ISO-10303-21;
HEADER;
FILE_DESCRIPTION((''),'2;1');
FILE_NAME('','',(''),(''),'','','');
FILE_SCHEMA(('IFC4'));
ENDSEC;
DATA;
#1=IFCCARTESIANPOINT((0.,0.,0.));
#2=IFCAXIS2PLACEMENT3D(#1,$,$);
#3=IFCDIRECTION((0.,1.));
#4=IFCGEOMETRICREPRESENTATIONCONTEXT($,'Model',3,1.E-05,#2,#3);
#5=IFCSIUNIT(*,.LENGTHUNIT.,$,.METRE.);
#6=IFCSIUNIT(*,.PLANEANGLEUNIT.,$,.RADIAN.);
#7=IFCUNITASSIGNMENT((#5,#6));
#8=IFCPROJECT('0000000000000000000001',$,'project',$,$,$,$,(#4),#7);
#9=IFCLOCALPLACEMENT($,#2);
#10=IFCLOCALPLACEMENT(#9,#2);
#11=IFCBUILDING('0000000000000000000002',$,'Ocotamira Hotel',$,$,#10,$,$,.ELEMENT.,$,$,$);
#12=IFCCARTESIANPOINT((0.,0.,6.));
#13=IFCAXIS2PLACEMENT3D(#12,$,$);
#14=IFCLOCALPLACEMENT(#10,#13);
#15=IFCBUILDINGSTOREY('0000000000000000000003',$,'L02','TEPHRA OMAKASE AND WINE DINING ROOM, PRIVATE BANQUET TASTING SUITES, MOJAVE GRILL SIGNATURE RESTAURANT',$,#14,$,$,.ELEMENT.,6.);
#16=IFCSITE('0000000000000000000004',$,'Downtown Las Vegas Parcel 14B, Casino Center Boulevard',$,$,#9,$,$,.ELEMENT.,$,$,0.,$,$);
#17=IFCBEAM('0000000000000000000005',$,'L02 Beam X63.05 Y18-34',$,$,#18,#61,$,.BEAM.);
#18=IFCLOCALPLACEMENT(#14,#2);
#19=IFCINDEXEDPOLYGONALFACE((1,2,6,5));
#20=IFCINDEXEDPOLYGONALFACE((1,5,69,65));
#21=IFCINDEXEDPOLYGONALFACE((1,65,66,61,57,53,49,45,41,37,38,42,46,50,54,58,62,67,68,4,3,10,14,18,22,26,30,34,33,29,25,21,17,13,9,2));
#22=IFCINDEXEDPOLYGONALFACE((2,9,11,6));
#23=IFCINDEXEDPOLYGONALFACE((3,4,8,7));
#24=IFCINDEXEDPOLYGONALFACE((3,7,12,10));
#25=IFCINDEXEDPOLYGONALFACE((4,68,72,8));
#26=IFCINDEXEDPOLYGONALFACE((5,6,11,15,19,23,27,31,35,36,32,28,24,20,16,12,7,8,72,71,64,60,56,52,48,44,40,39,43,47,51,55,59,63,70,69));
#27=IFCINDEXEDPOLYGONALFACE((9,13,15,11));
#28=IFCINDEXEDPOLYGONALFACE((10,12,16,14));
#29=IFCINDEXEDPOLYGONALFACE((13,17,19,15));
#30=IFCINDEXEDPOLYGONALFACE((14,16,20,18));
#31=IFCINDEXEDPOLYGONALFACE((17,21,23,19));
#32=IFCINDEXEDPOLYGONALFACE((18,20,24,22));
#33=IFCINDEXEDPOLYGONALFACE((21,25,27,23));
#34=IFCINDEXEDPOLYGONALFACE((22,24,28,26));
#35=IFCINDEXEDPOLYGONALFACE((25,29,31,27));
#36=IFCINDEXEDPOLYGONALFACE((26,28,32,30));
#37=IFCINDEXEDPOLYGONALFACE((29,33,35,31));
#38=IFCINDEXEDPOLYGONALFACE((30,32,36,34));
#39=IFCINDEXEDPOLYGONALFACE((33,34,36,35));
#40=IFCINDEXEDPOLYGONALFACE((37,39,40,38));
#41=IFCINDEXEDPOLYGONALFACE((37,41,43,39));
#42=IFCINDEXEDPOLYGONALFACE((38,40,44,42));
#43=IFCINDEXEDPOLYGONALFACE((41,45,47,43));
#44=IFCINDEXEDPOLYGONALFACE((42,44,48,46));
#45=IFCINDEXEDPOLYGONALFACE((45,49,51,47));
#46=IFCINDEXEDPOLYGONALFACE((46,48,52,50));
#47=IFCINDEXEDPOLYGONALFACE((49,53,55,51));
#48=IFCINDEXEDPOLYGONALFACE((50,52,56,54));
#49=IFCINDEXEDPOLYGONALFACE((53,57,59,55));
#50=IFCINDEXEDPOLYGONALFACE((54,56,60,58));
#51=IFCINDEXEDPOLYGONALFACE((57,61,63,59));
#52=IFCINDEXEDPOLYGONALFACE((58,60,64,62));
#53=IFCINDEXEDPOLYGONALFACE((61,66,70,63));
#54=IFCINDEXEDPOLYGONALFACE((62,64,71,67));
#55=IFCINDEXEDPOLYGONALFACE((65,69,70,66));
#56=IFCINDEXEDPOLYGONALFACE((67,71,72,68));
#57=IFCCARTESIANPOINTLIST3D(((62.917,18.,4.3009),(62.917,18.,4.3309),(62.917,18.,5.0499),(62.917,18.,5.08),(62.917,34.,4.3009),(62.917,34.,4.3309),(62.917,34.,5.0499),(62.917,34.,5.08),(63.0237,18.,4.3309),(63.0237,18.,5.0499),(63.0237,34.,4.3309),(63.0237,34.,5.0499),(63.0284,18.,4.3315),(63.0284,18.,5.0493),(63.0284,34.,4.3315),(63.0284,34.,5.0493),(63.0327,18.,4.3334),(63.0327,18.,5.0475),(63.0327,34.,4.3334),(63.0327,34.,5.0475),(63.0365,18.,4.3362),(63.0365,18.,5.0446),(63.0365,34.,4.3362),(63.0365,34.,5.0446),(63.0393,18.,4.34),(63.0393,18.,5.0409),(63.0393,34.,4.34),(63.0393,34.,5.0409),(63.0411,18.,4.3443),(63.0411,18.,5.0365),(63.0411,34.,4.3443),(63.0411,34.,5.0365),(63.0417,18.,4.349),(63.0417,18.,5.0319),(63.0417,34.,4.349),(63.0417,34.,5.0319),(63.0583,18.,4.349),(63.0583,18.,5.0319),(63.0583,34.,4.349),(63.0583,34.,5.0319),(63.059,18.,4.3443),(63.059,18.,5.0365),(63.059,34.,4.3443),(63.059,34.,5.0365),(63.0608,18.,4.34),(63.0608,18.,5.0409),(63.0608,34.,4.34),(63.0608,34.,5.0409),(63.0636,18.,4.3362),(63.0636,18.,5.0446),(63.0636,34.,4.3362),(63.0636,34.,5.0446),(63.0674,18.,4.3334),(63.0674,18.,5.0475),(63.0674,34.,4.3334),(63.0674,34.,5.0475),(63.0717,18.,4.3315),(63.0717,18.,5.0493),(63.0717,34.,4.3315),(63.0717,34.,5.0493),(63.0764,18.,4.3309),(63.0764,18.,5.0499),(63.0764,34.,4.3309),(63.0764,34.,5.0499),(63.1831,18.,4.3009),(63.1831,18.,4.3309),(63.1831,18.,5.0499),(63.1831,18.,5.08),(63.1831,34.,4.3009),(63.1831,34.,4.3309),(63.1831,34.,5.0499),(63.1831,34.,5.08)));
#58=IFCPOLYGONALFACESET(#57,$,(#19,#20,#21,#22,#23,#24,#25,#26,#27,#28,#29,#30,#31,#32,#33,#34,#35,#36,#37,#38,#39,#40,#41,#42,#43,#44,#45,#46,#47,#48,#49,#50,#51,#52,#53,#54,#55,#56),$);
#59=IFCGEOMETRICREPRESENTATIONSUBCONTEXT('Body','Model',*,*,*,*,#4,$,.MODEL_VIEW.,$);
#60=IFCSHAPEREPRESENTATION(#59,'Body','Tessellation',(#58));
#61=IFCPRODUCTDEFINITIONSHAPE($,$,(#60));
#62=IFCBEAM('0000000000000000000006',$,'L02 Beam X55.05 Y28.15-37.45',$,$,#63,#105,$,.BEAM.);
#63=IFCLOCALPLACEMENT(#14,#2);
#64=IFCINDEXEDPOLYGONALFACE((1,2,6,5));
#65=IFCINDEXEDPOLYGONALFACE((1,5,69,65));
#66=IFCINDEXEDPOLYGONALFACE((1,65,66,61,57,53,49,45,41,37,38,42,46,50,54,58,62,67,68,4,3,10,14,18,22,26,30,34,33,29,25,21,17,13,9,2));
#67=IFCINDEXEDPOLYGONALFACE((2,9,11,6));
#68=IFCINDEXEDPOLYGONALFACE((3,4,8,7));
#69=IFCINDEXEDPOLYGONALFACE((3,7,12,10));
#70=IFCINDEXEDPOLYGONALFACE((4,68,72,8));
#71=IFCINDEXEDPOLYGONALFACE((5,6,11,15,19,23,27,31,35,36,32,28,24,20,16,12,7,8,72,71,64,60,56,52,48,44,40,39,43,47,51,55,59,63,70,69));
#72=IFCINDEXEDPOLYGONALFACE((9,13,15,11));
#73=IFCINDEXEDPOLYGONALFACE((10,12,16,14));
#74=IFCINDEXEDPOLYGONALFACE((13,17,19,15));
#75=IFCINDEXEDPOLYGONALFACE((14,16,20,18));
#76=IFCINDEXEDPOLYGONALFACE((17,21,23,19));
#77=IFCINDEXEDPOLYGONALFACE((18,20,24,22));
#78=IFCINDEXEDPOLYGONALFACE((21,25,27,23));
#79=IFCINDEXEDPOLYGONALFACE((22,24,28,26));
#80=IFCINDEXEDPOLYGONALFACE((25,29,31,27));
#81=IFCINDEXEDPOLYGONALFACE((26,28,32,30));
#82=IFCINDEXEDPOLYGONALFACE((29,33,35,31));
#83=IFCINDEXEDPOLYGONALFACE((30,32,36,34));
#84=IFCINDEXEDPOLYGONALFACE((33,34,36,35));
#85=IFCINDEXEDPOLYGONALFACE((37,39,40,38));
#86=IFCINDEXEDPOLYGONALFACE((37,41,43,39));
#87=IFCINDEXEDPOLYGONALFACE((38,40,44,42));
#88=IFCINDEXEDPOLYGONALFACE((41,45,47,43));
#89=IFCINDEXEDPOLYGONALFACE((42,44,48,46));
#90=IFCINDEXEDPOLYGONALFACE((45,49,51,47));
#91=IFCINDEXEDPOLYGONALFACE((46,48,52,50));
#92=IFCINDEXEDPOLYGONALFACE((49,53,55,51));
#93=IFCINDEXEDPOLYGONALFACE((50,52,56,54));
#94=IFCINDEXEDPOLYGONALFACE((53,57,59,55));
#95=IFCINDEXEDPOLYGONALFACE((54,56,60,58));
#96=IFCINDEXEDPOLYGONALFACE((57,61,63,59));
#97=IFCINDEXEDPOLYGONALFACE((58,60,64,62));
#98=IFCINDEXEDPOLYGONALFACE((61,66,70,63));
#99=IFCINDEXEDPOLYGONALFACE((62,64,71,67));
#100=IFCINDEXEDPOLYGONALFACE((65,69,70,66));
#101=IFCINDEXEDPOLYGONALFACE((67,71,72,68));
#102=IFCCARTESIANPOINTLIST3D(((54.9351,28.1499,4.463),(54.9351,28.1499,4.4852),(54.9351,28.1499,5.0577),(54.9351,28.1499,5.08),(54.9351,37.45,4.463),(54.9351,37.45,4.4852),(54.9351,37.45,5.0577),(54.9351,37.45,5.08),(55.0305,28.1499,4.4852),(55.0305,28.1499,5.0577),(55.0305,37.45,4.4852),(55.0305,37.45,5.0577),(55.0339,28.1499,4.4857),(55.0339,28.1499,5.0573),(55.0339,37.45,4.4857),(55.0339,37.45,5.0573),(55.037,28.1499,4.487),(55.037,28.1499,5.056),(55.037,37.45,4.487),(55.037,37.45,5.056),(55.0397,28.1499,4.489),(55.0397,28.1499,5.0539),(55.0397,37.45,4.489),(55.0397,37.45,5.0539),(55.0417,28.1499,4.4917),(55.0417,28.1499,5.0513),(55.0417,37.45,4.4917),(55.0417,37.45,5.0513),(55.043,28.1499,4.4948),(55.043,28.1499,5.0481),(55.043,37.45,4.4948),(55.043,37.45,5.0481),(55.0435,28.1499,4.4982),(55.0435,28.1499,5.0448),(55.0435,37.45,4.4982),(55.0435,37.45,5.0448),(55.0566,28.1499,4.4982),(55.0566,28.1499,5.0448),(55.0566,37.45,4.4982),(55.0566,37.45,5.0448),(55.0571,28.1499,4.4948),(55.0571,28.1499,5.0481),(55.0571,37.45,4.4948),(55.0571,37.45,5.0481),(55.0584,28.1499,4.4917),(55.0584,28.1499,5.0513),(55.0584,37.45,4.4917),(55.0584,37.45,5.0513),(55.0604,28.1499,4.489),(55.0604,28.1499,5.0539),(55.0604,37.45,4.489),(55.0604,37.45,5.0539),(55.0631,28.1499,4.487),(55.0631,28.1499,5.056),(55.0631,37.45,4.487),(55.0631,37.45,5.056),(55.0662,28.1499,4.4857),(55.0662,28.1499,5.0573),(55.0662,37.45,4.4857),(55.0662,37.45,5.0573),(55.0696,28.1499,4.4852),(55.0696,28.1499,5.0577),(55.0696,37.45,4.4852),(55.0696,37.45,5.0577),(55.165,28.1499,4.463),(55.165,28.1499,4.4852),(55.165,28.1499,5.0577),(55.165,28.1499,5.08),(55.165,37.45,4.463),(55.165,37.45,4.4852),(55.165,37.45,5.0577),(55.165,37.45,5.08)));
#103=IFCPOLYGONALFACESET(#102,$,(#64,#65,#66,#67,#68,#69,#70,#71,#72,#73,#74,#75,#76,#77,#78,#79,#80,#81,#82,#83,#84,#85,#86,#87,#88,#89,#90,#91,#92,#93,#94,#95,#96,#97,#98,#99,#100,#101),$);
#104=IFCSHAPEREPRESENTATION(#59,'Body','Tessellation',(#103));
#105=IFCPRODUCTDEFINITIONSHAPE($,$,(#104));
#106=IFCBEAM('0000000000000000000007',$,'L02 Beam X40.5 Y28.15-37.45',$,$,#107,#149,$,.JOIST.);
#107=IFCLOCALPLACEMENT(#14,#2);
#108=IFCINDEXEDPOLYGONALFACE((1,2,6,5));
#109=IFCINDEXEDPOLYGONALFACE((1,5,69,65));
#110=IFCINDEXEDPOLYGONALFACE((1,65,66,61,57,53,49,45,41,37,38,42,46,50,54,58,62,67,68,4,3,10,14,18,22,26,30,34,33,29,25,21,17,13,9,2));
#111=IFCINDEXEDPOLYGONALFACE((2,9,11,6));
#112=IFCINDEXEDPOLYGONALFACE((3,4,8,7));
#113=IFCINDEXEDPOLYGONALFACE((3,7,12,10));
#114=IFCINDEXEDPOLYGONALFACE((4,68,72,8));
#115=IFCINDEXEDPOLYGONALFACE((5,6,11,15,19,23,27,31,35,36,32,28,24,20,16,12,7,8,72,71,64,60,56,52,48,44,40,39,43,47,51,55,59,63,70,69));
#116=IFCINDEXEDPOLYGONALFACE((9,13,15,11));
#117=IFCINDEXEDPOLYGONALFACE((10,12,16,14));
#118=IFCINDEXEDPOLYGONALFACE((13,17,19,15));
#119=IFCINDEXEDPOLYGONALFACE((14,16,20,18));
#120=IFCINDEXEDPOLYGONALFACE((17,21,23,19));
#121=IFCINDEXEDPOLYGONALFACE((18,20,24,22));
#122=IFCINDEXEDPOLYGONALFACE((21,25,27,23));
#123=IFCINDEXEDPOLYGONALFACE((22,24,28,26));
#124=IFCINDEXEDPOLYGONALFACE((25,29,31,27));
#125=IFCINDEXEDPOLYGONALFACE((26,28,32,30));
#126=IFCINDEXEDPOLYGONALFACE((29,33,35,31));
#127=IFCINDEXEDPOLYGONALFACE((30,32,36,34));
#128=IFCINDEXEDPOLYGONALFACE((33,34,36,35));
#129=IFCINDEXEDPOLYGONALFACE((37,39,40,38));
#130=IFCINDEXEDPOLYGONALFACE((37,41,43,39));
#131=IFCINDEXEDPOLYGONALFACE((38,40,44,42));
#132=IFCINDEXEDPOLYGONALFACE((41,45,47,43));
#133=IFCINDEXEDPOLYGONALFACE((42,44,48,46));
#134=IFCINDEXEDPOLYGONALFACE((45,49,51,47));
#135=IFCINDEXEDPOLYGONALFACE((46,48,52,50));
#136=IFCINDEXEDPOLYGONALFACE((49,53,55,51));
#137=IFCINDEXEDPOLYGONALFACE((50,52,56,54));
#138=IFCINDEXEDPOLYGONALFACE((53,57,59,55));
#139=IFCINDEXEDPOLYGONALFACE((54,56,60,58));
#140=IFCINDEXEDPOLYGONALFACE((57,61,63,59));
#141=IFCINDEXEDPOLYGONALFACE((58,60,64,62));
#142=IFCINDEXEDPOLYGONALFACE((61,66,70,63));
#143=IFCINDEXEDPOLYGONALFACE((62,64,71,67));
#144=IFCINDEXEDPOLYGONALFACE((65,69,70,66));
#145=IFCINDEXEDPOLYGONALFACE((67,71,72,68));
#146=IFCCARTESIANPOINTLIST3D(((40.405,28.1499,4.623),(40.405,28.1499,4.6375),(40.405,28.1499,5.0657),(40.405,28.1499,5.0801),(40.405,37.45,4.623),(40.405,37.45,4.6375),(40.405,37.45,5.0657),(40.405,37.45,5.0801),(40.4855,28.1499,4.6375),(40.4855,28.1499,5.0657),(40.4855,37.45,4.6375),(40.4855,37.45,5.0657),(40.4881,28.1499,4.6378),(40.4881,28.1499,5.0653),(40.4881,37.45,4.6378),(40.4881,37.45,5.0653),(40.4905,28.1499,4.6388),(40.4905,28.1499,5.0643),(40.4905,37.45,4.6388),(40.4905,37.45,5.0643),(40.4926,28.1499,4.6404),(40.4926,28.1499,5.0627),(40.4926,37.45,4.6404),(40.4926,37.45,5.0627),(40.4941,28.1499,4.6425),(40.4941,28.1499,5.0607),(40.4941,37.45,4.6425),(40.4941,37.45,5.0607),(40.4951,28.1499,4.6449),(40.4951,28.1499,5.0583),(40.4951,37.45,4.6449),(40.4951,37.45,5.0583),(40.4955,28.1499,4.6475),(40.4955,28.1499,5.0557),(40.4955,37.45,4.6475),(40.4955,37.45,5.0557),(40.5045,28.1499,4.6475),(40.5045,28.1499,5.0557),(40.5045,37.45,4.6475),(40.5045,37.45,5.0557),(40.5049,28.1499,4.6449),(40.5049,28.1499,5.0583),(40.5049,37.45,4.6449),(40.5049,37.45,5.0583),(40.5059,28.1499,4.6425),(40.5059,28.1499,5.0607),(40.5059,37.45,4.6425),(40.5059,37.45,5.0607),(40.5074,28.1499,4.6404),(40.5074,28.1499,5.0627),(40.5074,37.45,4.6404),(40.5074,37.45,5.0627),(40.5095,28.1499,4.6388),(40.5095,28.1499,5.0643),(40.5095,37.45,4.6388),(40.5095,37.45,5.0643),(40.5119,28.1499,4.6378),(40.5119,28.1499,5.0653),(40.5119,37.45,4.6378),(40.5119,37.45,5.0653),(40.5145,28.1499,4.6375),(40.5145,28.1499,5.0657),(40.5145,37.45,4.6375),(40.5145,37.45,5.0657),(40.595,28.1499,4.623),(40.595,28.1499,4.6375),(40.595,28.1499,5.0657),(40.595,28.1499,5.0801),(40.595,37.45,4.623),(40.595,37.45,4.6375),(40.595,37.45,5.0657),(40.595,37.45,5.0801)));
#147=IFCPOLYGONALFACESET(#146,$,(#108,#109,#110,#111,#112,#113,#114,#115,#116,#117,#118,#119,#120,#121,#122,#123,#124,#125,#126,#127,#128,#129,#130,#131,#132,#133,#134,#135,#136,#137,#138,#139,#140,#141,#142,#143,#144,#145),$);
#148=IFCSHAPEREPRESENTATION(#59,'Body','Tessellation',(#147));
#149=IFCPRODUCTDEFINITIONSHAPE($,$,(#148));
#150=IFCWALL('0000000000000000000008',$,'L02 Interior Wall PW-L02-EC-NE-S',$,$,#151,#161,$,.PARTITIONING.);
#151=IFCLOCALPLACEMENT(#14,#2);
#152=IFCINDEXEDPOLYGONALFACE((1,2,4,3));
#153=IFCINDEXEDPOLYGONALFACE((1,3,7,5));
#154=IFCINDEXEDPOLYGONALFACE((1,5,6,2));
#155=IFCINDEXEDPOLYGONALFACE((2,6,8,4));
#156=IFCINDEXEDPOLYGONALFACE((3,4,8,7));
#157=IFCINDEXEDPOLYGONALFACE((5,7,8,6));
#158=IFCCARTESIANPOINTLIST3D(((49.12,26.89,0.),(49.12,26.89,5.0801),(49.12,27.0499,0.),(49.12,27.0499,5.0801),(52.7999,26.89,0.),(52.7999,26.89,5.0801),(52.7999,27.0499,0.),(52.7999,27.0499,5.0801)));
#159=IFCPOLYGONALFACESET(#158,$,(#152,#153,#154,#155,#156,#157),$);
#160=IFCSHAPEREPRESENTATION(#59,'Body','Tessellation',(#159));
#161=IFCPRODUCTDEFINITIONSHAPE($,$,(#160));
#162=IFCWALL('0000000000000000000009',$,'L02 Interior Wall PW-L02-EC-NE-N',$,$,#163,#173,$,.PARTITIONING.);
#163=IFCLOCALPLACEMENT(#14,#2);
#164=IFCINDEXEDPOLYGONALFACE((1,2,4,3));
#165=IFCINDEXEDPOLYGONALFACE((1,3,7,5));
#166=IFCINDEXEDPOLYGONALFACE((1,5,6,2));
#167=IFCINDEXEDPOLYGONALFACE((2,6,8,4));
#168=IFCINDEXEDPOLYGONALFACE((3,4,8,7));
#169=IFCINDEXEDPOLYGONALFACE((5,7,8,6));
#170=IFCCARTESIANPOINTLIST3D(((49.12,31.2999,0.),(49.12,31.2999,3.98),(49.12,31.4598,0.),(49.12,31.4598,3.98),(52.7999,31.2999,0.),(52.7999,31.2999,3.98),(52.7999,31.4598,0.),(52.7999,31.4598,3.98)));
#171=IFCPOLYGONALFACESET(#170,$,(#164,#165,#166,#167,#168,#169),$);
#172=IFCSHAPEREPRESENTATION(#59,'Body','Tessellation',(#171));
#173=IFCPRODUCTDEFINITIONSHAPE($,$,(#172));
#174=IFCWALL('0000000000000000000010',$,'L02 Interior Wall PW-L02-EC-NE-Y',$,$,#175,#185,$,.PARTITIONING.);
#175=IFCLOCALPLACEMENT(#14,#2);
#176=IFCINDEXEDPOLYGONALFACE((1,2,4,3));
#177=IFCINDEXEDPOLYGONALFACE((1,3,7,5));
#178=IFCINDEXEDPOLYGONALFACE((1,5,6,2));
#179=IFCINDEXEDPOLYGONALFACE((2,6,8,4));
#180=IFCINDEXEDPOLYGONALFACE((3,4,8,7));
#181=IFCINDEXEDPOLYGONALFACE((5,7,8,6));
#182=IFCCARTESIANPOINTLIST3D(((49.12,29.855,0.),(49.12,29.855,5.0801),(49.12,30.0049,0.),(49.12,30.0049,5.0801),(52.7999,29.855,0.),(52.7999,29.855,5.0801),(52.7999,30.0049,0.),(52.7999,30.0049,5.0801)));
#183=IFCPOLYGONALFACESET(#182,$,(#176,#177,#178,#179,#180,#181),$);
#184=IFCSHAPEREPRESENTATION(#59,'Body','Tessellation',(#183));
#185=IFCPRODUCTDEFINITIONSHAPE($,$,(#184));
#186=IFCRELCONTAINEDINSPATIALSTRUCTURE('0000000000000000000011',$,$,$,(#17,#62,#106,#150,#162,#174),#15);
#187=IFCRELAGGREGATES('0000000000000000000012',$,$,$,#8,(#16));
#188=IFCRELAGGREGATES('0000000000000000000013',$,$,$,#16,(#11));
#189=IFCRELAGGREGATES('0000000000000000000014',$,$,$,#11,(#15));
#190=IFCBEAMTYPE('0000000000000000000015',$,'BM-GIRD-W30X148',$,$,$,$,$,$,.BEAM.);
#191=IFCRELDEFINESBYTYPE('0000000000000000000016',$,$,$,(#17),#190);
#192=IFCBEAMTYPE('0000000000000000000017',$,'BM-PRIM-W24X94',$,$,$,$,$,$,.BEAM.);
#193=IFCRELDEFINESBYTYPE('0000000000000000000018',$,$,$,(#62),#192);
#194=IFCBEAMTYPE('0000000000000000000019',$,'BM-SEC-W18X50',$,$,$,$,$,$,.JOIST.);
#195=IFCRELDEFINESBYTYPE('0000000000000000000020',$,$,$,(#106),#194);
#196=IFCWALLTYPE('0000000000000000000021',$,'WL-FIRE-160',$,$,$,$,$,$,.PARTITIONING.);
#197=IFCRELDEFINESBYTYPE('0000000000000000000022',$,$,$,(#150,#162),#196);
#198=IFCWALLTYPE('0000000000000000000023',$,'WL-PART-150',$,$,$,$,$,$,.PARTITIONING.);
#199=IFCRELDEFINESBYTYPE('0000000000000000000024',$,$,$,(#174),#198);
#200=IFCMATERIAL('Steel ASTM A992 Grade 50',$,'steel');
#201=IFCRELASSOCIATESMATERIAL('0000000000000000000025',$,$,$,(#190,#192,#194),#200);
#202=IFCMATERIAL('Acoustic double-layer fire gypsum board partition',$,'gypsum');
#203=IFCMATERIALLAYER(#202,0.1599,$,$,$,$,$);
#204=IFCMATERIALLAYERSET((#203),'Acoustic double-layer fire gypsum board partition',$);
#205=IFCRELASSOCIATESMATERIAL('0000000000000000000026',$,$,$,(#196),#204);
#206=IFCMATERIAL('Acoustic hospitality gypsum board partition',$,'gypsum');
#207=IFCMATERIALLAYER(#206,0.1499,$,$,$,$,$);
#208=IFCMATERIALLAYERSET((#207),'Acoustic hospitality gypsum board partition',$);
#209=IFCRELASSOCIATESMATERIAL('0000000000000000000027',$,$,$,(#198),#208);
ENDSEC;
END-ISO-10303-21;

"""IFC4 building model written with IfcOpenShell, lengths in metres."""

from ifc_helpers import new_model, si_unit, direction, frame, frame_2d, origin, origin_2d, place, context, subcontext, project, spatial, rectangle, i_section, extrude, source, transform, mapped, material, layer, layer_set, material_profile, profile_set, type_object, element, save


model = new_model("IFC4")

# Units and contexts
model_context = context("Model", 3, precision=1e-05, world=origin(), true_north=direction((0.0, 1.0)))
body_context = subcontext(model_context, "Body", "Model", "MODEL_VIEW")
ifc_project = project(units=[si_unit("LENGTHUNIT", "METRE"), si_unit("PLANEANGLEUNIT", "RADIAN")], contexts=[model_context])

# Site, building, storey
site_placement = place(None, origin())
site = spatial("IfcSite", under=ifc_project, at=site_placement, Name="Downtown Las Vegas Parcel 14B, Casino Center Boulevard", CompositionType="ELEMENT", RefElevation=0.0)
building_placement = place(site_placement, origin())
building = spatial("IfcBuilding", under=site, at=building_placement, Name="Ocotamira Hotel", CompositionType="ELEMENT")
storey_placement = place(building_placement, frame((0.0, 0.0, 6.0)))
storey = spatial("IfcBuildingStorey", under=building, at=storey_placement, Name="L02", Description="TEPHRA OMAKASE AND WINE DINING ROOM, PRIVATE BANQUET TASTING SUITES, MOJAVE GRILL SIGNATURE RESTAURANT", CompositionType="ELEMENT", Elevation=6.0)

# Beams
ifc_material_1 = material(Name="Steel ASTM A992 Grade 50", Category="steel")
ifc_material_profile_1 = material_profile(ifc_material_1, i_section(OverallWidth=0.2661, OverallDepth=0.7791, WebThickness=0.0166, FlangeThickness=0.03, FilletRadius=0.0181, at=origin_2d()), Name="W30X148")
ifc_profile_set_1 = profile_set([ifc_material_profile_1], Name="Steel ASTM A992 Grade 50")
beam_type_1 = type_object("IfcBeamType", Name="BM-GIRD-W30X148", PredefinedType="BEAM", material=ifc_profile_set_1)
shared_shape_1 = source(origin(), body_context, "Body", "SweptSolid", [
    extrude(i_section(OverallWidth=0.2661, OverallDepth=0.7791, WebThickness=0.0166, FlangeThickness=0.03, FilletRadius=0.0181, at=origin_2d()), origin(), (0.0, 0.0, 1.0), 16.0),
])
beam_1_placement = place(storey_placement, frame((63.05, 18.0, 4.6904), z_axis=(0.0, 1.0, 0.0), x_axis=(-1.0, 0.0, 0.0)))
element("IfcBeam", 1, at=beam_1_placement, inside=storey, type_object=beam_type_1, Name="L02 Beam X63.05 Y18-34", PredefinedType="BEAM", context=body_context, shape_type="MappedRepresentation", body=[
    mapped(shared_shape_1, transform((0.0, 0.0, 0.0), scale=1.0)),
])
ifc_material_profile_2 = material_profile(ifc_material_1, i_section(OverallWidth=0.23, OverallDepth=0.6169, WebThickness=0.0132, FlangeThickness=0.0222, FilletRadius=0.0129, at=origin_2d()), Name="W24X94")
ifc_profile_set_2 = profile_set([ifc_material_profile_2], Name="Steel ASTM A992 Grade 50")
beam_type_2 = type_object("IfcBeamType", Name="BM-PRIM-W24X94", PredefinedType="BEAM", material=ifc_profile_set_2)
shared_shape_2 = source(origin(), body_context, "Body", "SweptSolid", [
    extrude(i_section(OverallWidth=0.23, OverallDepth=0.6169, WebThickness=0.0132, FlangeThickness=0.0222, FilletRadius=0.0129, at=origin_2d()), origin(), (0.0, 0.0, 1.0), 9.3),
])
beam_2_placement = place(storey_placement, frame((55.05, 28.1499, 4.7715), z_axis=(0.0, 1.0, 0.0), x_axis=(-1.0, 0.0, 0.0)))
element("IfcBeam", 2, at=beam_2_placement, inside=storey, type_object=beam_type_2, Name="L02 Beam X55.05 Y28.15-37.45", PredefinedType="BEAM", context=body_context, shape_type="MappedRepresentation", body=[
    mapped(shared_shape_2, transform((0.0, 0.0, 0.0), scale=1.0)),
])
ifc_material_profile_3 = material_profile(ifc_material_1, i_section(OverallWidth=0.1899, OverallDepth=0.457, WebThickness=0.009, FlangeThickness=0.0144, FilletRadius=0.01, at=origin_2d()), Name="W18X50")
ifc_profile_set_3 = profile_set([ifc_material_profile_3], Name="Steel ASTM A992 Grade 50")
beam_type_3 = type_object("IfcBeamType", Name="BM-SEC-W18X50", PredefinedType="JOIST", material=ifc_profile_set_3)
shared_shape_3 = source(origin(), body_context, "Body", "SweptSolid", [
    extrude(i_section(OverallWidth=0.1899, OverallDepth=0.457, WebThickness=0.009, FlangeThickness=0.0144, FilletRadius=0.01, at=origin_2d()), origin(), (0.0, 0.0, 1.0), 9.3),
])
beam_3_placement = place(storey_placement, frame((40.5, 28.1499, 4.8516), z_axis=(0.0, 1.0, 0.0), x_axis=(-1.0, 0.0, 0.0)))
element("IfcBeam", 3, at=beam_3_placement, inside=storey, type_object=beam_type_3, Name="L02 Beam X40.5 Y28.15-37.45", PredefinedType="JOIST", context=body_context, shape_type="MappedRepresentation", body=[
    mapped(shared_shape_3, transform((0.0, 0.0, 0.0), scale=1.0)),
])

# Walls
ifc_material_2 = material(Name="Acoustic double-layer fire gypsum board partition", Category="gypsum")
ifc_layer_1 = layer(ifc_material_2, 0.1599)
ifc_layer_set_1 = layer_set([ifc_layer_1], Name="Acoustic double-layer fire gypsum board partition")
wall_type_1 = type_object("IfcWallType", Name="WL-FIRE-160", PredefinedType="PARTITIONING", material=ifc_layer_set_1)
wall_1_placement = place(storey_placement, frame((49.1201, 26.97, 0.0), z_axis=(0.0, 0.0, 1.0), x_axis=(1.0, 0.0, 0.0)))
element("IfcWall", 4, at=wall_1_placement, inside=storey, type_object=wall_type_1, Name="L02 Interior Wall PW-L02-EC-NE-S", PredefinedType="PARTITIONING", context=body_context, shape_type="SweptSolid", body=[
    extrude(rectangle(XDim=3.6799, YDim=0.1599, at=frame_2d((1.8398, 0.0))), origin(), (0.0, 0.0, 1.0), 5.0801),
])
wall_2_placement = place(storey_placement, frame((49.1201, 31.3799, 0.0), z_axis=(0.0, 0.0, 1.0), x_axis=(1.0, 0.0, 0.0)))
element("IfcWall", 5, at=wall_2_placement, inside=storey, type_object=wall_type_1, Name="L02 Interior Wall PW-L02-EC-NE-N", PredefinedType="PARTITIONING", context=body_context, shape_type="SweptSolid", body=[
    extrude(rectangle(XDim=3.6799, YDim=0.1599, at=frame_2d((1.8398, 0.0))), origin(), (0.0, 0.0, 1.0), 3.98),
])

# Wall
ifc_material_3 = material(Name="Acoustic hospitality gypsum board partition", Category="gypsum")
ifc_layer_2 = layer(ifc_material_3, 0.1499)
ifc_layer_set_2 = layer_set([ifc_layer_2], Name="Acoustic hospitality gypsum board partition")
wall_type_2 = type_object("IfcWallType", Name="WL-PART-150", PredefinedType="PARTITIONING", material=ifc_layer_set_2)
wall_3_placement = place(storey_placement, frame((49.1201, 29.9299, 0.0), z_axis=(0.0, 0.0, 1.0), x_axis=(1.0, 0.0, 0.0)))
element("IfcWall", 6, at=wall_3_placement, inside=storey, type_object=wall_type_2, Name="L02 Interior Wall PW-L02-EC-NE-Y", PredefinedType="PARTITIONING", context=body_context, shape_type="SweptSolid", body=[
    extrude(rectangle(XDim=3.6799, YDim=0.1499, at=frame_2d((1.8398, 0.0))), origin(), (0.0, 0.0, 1.0), 5.0801),
])

save(model, "model.ifc")
